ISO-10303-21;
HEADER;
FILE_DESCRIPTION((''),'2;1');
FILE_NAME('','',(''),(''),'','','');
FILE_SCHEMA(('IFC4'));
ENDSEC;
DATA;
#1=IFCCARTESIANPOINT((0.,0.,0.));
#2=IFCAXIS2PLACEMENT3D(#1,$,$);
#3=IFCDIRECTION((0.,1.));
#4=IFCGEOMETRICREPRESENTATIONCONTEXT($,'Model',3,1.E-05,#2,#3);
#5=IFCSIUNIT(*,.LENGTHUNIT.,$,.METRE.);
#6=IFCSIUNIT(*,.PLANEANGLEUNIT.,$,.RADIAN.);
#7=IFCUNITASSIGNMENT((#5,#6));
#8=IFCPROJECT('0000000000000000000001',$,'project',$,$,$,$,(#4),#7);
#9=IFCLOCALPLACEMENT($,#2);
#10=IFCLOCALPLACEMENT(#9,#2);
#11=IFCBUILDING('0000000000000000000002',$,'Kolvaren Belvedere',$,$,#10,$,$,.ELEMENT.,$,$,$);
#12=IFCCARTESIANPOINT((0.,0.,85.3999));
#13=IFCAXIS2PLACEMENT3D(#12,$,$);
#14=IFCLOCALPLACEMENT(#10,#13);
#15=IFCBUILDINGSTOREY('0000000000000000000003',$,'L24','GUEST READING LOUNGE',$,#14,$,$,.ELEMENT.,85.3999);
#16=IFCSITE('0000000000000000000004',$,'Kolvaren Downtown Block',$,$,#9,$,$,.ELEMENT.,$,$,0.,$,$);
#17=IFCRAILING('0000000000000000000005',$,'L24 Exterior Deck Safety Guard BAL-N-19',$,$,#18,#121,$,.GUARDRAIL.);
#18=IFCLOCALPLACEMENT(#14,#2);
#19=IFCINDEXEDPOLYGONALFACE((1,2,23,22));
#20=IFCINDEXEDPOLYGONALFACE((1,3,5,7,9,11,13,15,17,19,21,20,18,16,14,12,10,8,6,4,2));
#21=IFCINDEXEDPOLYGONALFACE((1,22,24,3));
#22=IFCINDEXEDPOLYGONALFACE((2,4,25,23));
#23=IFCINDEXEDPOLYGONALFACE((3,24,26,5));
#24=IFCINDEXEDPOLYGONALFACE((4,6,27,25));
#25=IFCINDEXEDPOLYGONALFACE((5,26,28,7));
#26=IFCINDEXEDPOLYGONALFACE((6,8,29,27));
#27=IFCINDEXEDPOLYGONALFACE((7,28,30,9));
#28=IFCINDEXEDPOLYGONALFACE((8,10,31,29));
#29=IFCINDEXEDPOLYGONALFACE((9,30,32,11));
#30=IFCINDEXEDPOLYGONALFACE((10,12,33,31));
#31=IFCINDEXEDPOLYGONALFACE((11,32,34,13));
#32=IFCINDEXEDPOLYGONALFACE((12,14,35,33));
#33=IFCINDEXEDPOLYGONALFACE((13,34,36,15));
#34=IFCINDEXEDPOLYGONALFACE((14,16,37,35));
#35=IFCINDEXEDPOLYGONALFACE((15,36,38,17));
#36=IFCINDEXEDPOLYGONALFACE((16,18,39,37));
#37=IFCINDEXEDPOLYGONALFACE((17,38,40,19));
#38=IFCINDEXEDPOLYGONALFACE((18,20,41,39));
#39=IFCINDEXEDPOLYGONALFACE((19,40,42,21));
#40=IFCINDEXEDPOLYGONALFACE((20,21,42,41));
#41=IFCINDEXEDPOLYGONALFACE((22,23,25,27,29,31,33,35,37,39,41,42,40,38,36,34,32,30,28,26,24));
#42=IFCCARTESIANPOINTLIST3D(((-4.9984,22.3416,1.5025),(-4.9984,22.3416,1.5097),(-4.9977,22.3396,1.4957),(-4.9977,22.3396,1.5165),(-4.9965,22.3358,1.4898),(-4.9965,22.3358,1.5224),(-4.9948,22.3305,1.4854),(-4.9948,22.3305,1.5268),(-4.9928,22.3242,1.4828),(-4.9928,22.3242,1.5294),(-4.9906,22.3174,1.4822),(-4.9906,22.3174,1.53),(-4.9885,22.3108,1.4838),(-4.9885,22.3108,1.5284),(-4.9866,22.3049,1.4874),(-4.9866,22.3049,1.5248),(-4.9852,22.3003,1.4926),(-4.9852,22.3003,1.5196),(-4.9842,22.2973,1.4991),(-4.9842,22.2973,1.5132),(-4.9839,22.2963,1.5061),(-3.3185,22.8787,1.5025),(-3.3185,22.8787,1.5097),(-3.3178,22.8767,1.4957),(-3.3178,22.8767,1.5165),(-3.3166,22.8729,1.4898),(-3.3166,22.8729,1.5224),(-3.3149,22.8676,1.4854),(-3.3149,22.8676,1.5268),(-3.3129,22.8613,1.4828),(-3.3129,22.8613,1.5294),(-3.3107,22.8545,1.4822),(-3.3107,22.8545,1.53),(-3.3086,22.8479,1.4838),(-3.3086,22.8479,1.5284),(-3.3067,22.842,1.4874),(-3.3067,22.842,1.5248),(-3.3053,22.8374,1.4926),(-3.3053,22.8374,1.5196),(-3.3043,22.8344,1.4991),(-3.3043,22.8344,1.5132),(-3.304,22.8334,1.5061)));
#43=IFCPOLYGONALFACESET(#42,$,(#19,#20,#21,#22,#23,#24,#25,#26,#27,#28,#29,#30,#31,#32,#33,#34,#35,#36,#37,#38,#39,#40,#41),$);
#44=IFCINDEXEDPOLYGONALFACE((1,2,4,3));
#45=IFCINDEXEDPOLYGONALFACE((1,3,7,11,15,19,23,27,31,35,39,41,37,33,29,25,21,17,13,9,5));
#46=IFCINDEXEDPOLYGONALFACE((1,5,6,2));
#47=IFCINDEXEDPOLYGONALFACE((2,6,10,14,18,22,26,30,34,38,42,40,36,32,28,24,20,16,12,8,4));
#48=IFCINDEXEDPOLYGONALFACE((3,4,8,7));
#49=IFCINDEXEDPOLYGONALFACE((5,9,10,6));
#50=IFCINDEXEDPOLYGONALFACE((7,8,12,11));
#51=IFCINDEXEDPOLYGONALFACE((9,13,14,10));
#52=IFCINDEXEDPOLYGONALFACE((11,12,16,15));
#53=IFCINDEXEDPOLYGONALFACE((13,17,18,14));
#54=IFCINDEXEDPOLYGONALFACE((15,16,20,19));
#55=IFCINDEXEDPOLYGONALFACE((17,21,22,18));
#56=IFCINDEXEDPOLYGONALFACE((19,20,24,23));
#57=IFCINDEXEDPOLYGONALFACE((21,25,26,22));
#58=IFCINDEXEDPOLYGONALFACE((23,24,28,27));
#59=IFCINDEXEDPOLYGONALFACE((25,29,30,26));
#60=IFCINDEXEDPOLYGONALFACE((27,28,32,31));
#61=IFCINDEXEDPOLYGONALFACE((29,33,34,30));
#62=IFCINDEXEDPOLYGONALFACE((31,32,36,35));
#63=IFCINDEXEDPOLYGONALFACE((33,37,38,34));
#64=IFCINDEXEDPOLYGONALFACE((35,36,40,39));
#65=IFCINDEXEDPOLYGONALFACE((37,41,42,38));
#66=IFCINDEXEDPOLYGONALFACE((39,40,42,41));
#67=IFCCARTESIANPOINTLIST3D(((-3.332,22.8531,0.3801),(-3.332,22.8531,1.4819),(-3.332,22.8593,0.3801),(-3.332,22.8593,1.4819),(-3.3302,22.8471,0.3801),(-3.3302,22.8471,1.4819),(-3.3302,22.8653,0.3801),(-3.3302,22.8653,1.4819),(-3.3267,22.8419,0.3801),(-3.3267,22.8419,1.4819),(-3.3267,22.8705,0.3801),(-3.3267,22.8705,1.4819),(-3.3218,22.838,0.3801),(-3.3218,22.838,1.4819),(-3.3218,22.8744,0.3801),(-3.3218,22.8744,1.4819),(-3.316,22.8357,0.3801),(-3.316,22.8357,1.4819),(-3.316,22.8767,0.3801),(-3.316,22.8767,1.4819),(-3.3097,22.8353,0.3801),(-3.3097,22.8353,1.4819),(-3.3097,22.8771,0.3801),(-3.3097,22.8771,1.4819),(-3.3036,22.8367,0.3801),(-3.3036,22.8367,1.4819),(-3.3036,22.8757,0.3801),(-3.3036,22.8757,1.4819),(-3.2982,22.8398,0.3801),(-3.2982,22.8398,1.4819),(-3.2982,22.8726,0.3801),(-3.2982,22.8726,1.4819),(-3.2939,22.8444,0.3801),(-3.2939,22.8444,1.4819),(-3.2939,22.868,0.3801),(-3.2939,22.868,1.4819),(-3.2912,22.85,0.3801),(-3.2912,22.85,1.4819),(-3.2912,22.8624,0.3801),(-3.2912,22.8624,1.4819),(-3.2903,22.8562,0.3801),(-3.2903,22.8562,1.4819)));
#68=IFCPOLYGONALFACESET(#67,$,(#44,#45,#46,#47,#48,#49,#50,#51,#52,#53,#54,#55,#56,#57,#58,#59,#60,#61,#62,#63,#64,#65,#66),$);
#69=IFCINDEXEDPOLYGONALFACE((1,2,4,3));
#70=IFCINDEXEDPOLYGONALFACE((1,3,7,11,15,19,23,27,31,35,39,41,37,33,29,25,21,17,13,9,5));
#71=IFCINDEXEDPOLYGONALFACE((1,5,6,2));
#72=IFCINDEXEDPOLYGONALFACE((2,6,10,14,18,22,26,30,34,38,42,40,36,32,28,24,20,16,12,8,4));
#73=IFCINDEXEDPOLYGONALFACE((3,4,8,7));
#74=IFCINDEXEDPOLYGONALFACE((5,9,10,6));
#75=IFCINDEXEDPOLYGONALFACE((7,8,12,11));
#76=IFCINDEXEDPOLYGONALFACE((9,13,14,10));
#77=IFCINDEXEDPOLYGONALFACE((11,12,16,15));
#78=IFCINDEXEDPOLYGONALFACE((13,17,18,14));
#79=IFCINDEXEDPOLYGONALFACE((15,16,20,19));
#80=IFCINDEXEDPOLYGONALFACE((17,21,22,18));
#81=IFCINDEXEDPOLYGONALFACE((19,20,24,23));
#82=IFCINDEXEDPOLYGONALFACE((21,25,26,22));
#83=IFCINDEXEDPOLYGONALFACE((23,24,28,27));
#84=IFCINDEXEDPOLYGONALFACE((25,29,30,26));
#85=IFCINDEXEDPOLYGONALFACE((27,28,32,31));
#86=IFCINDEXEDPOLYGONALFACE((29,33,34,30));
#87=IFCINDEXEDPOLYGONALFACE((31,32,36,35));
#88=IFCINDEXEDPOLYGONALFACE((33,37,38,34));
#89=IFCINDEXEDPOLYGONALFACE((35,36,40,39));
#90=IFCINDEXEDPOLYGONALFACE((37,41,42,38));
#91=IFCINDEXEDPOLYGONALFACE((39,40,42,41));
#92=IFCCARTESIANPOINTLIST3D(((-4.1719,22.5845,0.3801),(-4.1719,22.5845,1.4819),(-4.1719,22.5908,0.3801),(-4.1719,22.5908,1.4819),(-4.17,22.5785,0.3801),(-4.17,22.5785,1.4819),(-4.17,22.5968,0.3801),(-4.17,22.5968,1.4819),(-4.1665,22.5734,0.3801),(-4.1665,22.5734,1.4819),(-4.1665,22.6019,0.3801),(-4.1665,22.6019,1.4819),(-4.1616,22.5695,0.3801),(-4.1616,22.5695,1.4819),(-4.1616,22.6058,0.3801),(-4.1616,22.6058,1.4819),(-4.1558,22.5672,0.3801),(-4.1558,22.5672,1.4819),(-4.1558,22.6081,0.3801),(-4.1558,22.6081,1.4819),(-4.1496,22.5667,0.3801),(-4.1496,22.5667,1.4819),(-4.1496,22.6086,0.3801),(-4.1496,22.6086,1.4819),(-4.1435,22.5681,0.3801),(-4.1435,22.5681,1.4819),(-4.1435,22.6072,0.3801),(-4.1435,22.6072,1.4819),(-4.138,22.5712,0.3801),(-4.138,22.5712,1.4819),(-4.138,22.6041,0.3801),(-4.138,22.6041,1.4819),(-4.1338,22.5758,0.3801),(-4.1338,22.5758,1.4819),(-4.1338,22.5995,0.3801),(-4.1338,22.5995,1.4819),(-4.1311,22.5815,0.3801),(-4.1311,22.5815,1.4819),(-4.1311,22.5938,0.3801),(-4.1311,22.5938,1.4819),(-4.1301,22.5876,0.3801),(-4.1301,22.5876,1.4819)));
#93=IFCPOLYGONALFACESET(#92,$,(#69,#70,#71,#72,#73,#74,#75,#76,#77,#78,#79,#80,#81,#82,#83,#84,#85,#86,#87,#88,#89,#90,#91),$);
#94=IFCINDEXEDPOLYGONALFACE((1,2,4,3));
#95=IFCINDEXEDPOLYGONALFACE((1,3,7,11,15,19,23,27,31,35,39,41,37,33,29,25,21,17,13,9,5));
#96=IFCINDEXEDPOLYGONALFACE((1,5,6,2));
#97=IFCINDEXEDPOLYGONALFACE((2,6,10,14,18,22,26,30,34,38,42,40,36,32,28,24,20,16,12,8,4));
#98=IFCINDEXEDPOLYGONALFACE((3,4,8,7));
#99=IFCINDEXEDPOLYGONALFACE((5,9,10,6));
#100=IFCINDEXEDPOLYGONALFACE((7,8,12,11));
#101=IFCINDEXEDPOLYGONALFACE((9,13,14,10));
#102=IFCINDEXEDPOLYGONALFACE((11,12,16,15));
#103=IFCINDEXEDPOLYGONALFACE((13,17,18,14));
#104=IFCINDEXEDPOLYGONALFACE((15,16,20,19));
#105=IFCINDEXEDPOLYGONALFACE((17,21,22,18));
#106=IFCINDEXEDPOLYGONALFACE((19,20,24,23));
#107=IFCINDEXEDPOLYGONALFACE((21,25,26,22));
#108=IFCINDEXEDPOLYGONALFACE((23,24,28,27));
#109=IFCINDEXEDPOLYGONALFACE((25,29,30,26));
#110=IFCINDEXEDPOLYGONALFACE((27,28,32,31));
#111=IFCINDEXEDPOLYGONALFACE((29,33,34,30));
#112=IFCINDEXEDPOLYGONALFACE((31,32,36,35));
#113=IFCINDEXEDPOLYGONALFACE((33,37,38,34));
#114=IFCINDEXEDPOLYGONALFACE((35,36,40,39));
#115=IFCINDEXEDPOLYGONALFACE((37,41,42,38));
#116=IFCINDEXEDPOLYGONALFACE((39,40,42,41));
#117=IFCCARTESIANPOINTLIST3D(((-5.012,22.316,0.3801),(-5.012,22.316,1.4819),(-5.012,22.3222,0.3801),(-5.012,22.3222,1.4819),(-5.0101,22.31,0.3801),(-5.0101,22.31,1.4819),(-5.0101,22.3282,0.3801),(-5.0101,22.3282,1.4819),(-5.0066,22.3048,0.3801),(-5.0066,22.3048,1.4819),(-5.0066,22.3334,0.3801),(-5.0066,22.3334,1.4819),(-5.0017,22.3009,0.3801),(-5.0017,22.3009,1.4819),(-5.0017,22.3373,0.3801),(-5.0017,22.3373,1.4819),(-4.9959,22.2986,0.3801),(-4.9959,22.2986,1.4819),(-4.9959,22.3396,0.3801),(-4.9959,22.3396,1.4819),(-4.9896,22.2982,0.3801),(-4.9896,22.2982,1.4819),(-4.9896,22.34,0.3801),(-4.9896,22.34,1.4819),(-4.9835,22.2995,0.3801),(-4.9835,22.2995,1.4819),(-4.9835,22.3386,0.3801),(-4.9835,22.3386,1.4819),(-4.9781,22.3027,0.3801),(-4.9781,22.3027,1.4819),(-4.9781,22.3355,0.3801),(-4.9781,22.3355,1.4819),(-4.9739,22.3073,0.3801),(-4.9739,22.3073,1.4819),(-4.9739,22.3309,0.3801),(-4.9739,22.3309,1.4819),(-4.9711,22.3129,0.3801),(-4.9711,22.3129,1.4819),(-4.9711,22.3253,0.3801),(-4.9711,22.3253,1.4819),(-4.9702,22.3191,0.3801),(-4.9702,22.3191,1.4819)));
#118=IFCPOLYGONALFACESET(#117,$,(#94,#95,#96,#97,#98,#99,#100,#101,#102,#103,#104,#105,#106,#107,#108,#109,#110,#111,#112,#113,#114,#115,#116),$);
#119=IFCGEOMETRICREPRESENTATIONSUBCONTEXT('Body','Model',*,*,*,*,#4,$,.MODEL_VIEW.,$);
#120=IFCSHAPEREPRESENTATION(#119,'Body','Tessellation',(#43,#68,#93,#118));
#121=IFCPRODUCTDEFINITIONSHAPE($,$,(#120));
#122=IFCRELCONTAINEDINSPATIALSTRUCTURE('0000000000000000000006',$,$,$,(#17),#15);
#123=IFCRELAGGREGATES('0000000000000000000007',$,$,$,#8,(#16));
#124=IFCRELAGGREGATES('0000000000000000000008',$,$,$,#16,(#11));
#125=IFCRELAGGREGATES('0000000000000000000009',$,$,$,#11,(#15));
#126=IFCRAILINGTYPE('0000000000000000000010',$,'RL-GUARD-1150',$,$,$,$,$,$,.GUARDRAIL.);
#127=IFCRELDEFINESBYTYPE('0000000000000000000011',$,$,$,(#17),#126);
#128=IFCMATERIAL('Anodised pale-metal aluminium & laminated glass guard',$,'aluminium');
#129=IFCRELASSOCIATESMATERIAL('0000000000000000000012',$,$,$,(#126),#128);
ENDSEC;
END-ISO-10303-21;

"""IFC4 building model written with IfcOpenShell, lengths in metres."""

from ifc_helpers import new_model, si_unit, direction, frame, origin, origin_2d, place, context, subcontext, project, spatial, circle, extrude, material, type_object, element, save


model = new_model("IFC4")

# Units and contexts
model_context = context("Model", 3, precision=1e-05, world=origin(), true_north=direction((0.0, 1.0)))
body_context = subcontext(model_context, "Body", "Model", "MODEL_VIEW")
ifc_project = project(units=[si_unit("LENGTHUNIT", "METRE"), si_unit("PLANEANGLEUNIT", "RADIAN")], contexts=[model_context])

# Site, building, storey
site_placement = place(None, origin())
site = spatial("IfcSite", under=ifc_project, at=site_placement, Name="Kolvaren Downtown Block", CompositionType="ELEMENT", RefElevation=0.0)
building_placement = place(site_placement, origin())
building = spatial("IfcBuilding", under=site, at=building_placement, Name="Kolvaren Belvedere", CompositionType="ELEMENT")
storey_placement = place(building_placement, frame((0.0, 0.0, 85.3999)))
storey = spatial("IfcBuildingStorey", under=building, at=storey_placement, Name="L24", Description="GUEST READING LOUNGE", CompositionType="ELEMENT", Elevation=85.3999)

# Railing
ifc_material_1 = material(Name="Anodised pale-metal aluminium & laminated glass guard", Category="aluminium")
railing_type = type_object("IfcRailingType", Name="RL-GUARD-1150", PredefinedType="GUARDRAIL", material=ifc_material_1)
railing_1_placement = place(storey_placement, frame((-3.3113, 22.8562, 0.3801)))
element("IfcRailing", 1, at=railing_1_placement, inside=storey, type_object=railing_type, Name="L24 Exterior Deck Safety Guard BAL-N-19", PredefinedType="GUARDRAIL", context=body_context, shape_type="SweptSolid", body=[
    extrude(circle(Radius=0.0239, at=origin_2d()), frame((0.0, 0.0, 1.126), z_axis=(-0.952501, -0.304535, 0.0), x_axis=(0.304535, -0.952501, 0.0)), (0.0, 0.0, 1.0), 1.7637),
    extrude(circle(Radius=0.021, at=origin_2d()), origin(), (0.0, 0.0, 1.0), 1.1018),
    extrude(circle(Radius=0.021, at=origin_2d()), frame((-0.8398, -0.2686, 0.0)), (0.0, 0.0, 1.0), 1.1018),
    extrude(circle(Radius=0.021, at=origin_2d()), frame((-1.6799, -0.5371, 0.0)), (0.0, 0.0, 1.0), 1.1018),
])

save(model, "model.ifc")
